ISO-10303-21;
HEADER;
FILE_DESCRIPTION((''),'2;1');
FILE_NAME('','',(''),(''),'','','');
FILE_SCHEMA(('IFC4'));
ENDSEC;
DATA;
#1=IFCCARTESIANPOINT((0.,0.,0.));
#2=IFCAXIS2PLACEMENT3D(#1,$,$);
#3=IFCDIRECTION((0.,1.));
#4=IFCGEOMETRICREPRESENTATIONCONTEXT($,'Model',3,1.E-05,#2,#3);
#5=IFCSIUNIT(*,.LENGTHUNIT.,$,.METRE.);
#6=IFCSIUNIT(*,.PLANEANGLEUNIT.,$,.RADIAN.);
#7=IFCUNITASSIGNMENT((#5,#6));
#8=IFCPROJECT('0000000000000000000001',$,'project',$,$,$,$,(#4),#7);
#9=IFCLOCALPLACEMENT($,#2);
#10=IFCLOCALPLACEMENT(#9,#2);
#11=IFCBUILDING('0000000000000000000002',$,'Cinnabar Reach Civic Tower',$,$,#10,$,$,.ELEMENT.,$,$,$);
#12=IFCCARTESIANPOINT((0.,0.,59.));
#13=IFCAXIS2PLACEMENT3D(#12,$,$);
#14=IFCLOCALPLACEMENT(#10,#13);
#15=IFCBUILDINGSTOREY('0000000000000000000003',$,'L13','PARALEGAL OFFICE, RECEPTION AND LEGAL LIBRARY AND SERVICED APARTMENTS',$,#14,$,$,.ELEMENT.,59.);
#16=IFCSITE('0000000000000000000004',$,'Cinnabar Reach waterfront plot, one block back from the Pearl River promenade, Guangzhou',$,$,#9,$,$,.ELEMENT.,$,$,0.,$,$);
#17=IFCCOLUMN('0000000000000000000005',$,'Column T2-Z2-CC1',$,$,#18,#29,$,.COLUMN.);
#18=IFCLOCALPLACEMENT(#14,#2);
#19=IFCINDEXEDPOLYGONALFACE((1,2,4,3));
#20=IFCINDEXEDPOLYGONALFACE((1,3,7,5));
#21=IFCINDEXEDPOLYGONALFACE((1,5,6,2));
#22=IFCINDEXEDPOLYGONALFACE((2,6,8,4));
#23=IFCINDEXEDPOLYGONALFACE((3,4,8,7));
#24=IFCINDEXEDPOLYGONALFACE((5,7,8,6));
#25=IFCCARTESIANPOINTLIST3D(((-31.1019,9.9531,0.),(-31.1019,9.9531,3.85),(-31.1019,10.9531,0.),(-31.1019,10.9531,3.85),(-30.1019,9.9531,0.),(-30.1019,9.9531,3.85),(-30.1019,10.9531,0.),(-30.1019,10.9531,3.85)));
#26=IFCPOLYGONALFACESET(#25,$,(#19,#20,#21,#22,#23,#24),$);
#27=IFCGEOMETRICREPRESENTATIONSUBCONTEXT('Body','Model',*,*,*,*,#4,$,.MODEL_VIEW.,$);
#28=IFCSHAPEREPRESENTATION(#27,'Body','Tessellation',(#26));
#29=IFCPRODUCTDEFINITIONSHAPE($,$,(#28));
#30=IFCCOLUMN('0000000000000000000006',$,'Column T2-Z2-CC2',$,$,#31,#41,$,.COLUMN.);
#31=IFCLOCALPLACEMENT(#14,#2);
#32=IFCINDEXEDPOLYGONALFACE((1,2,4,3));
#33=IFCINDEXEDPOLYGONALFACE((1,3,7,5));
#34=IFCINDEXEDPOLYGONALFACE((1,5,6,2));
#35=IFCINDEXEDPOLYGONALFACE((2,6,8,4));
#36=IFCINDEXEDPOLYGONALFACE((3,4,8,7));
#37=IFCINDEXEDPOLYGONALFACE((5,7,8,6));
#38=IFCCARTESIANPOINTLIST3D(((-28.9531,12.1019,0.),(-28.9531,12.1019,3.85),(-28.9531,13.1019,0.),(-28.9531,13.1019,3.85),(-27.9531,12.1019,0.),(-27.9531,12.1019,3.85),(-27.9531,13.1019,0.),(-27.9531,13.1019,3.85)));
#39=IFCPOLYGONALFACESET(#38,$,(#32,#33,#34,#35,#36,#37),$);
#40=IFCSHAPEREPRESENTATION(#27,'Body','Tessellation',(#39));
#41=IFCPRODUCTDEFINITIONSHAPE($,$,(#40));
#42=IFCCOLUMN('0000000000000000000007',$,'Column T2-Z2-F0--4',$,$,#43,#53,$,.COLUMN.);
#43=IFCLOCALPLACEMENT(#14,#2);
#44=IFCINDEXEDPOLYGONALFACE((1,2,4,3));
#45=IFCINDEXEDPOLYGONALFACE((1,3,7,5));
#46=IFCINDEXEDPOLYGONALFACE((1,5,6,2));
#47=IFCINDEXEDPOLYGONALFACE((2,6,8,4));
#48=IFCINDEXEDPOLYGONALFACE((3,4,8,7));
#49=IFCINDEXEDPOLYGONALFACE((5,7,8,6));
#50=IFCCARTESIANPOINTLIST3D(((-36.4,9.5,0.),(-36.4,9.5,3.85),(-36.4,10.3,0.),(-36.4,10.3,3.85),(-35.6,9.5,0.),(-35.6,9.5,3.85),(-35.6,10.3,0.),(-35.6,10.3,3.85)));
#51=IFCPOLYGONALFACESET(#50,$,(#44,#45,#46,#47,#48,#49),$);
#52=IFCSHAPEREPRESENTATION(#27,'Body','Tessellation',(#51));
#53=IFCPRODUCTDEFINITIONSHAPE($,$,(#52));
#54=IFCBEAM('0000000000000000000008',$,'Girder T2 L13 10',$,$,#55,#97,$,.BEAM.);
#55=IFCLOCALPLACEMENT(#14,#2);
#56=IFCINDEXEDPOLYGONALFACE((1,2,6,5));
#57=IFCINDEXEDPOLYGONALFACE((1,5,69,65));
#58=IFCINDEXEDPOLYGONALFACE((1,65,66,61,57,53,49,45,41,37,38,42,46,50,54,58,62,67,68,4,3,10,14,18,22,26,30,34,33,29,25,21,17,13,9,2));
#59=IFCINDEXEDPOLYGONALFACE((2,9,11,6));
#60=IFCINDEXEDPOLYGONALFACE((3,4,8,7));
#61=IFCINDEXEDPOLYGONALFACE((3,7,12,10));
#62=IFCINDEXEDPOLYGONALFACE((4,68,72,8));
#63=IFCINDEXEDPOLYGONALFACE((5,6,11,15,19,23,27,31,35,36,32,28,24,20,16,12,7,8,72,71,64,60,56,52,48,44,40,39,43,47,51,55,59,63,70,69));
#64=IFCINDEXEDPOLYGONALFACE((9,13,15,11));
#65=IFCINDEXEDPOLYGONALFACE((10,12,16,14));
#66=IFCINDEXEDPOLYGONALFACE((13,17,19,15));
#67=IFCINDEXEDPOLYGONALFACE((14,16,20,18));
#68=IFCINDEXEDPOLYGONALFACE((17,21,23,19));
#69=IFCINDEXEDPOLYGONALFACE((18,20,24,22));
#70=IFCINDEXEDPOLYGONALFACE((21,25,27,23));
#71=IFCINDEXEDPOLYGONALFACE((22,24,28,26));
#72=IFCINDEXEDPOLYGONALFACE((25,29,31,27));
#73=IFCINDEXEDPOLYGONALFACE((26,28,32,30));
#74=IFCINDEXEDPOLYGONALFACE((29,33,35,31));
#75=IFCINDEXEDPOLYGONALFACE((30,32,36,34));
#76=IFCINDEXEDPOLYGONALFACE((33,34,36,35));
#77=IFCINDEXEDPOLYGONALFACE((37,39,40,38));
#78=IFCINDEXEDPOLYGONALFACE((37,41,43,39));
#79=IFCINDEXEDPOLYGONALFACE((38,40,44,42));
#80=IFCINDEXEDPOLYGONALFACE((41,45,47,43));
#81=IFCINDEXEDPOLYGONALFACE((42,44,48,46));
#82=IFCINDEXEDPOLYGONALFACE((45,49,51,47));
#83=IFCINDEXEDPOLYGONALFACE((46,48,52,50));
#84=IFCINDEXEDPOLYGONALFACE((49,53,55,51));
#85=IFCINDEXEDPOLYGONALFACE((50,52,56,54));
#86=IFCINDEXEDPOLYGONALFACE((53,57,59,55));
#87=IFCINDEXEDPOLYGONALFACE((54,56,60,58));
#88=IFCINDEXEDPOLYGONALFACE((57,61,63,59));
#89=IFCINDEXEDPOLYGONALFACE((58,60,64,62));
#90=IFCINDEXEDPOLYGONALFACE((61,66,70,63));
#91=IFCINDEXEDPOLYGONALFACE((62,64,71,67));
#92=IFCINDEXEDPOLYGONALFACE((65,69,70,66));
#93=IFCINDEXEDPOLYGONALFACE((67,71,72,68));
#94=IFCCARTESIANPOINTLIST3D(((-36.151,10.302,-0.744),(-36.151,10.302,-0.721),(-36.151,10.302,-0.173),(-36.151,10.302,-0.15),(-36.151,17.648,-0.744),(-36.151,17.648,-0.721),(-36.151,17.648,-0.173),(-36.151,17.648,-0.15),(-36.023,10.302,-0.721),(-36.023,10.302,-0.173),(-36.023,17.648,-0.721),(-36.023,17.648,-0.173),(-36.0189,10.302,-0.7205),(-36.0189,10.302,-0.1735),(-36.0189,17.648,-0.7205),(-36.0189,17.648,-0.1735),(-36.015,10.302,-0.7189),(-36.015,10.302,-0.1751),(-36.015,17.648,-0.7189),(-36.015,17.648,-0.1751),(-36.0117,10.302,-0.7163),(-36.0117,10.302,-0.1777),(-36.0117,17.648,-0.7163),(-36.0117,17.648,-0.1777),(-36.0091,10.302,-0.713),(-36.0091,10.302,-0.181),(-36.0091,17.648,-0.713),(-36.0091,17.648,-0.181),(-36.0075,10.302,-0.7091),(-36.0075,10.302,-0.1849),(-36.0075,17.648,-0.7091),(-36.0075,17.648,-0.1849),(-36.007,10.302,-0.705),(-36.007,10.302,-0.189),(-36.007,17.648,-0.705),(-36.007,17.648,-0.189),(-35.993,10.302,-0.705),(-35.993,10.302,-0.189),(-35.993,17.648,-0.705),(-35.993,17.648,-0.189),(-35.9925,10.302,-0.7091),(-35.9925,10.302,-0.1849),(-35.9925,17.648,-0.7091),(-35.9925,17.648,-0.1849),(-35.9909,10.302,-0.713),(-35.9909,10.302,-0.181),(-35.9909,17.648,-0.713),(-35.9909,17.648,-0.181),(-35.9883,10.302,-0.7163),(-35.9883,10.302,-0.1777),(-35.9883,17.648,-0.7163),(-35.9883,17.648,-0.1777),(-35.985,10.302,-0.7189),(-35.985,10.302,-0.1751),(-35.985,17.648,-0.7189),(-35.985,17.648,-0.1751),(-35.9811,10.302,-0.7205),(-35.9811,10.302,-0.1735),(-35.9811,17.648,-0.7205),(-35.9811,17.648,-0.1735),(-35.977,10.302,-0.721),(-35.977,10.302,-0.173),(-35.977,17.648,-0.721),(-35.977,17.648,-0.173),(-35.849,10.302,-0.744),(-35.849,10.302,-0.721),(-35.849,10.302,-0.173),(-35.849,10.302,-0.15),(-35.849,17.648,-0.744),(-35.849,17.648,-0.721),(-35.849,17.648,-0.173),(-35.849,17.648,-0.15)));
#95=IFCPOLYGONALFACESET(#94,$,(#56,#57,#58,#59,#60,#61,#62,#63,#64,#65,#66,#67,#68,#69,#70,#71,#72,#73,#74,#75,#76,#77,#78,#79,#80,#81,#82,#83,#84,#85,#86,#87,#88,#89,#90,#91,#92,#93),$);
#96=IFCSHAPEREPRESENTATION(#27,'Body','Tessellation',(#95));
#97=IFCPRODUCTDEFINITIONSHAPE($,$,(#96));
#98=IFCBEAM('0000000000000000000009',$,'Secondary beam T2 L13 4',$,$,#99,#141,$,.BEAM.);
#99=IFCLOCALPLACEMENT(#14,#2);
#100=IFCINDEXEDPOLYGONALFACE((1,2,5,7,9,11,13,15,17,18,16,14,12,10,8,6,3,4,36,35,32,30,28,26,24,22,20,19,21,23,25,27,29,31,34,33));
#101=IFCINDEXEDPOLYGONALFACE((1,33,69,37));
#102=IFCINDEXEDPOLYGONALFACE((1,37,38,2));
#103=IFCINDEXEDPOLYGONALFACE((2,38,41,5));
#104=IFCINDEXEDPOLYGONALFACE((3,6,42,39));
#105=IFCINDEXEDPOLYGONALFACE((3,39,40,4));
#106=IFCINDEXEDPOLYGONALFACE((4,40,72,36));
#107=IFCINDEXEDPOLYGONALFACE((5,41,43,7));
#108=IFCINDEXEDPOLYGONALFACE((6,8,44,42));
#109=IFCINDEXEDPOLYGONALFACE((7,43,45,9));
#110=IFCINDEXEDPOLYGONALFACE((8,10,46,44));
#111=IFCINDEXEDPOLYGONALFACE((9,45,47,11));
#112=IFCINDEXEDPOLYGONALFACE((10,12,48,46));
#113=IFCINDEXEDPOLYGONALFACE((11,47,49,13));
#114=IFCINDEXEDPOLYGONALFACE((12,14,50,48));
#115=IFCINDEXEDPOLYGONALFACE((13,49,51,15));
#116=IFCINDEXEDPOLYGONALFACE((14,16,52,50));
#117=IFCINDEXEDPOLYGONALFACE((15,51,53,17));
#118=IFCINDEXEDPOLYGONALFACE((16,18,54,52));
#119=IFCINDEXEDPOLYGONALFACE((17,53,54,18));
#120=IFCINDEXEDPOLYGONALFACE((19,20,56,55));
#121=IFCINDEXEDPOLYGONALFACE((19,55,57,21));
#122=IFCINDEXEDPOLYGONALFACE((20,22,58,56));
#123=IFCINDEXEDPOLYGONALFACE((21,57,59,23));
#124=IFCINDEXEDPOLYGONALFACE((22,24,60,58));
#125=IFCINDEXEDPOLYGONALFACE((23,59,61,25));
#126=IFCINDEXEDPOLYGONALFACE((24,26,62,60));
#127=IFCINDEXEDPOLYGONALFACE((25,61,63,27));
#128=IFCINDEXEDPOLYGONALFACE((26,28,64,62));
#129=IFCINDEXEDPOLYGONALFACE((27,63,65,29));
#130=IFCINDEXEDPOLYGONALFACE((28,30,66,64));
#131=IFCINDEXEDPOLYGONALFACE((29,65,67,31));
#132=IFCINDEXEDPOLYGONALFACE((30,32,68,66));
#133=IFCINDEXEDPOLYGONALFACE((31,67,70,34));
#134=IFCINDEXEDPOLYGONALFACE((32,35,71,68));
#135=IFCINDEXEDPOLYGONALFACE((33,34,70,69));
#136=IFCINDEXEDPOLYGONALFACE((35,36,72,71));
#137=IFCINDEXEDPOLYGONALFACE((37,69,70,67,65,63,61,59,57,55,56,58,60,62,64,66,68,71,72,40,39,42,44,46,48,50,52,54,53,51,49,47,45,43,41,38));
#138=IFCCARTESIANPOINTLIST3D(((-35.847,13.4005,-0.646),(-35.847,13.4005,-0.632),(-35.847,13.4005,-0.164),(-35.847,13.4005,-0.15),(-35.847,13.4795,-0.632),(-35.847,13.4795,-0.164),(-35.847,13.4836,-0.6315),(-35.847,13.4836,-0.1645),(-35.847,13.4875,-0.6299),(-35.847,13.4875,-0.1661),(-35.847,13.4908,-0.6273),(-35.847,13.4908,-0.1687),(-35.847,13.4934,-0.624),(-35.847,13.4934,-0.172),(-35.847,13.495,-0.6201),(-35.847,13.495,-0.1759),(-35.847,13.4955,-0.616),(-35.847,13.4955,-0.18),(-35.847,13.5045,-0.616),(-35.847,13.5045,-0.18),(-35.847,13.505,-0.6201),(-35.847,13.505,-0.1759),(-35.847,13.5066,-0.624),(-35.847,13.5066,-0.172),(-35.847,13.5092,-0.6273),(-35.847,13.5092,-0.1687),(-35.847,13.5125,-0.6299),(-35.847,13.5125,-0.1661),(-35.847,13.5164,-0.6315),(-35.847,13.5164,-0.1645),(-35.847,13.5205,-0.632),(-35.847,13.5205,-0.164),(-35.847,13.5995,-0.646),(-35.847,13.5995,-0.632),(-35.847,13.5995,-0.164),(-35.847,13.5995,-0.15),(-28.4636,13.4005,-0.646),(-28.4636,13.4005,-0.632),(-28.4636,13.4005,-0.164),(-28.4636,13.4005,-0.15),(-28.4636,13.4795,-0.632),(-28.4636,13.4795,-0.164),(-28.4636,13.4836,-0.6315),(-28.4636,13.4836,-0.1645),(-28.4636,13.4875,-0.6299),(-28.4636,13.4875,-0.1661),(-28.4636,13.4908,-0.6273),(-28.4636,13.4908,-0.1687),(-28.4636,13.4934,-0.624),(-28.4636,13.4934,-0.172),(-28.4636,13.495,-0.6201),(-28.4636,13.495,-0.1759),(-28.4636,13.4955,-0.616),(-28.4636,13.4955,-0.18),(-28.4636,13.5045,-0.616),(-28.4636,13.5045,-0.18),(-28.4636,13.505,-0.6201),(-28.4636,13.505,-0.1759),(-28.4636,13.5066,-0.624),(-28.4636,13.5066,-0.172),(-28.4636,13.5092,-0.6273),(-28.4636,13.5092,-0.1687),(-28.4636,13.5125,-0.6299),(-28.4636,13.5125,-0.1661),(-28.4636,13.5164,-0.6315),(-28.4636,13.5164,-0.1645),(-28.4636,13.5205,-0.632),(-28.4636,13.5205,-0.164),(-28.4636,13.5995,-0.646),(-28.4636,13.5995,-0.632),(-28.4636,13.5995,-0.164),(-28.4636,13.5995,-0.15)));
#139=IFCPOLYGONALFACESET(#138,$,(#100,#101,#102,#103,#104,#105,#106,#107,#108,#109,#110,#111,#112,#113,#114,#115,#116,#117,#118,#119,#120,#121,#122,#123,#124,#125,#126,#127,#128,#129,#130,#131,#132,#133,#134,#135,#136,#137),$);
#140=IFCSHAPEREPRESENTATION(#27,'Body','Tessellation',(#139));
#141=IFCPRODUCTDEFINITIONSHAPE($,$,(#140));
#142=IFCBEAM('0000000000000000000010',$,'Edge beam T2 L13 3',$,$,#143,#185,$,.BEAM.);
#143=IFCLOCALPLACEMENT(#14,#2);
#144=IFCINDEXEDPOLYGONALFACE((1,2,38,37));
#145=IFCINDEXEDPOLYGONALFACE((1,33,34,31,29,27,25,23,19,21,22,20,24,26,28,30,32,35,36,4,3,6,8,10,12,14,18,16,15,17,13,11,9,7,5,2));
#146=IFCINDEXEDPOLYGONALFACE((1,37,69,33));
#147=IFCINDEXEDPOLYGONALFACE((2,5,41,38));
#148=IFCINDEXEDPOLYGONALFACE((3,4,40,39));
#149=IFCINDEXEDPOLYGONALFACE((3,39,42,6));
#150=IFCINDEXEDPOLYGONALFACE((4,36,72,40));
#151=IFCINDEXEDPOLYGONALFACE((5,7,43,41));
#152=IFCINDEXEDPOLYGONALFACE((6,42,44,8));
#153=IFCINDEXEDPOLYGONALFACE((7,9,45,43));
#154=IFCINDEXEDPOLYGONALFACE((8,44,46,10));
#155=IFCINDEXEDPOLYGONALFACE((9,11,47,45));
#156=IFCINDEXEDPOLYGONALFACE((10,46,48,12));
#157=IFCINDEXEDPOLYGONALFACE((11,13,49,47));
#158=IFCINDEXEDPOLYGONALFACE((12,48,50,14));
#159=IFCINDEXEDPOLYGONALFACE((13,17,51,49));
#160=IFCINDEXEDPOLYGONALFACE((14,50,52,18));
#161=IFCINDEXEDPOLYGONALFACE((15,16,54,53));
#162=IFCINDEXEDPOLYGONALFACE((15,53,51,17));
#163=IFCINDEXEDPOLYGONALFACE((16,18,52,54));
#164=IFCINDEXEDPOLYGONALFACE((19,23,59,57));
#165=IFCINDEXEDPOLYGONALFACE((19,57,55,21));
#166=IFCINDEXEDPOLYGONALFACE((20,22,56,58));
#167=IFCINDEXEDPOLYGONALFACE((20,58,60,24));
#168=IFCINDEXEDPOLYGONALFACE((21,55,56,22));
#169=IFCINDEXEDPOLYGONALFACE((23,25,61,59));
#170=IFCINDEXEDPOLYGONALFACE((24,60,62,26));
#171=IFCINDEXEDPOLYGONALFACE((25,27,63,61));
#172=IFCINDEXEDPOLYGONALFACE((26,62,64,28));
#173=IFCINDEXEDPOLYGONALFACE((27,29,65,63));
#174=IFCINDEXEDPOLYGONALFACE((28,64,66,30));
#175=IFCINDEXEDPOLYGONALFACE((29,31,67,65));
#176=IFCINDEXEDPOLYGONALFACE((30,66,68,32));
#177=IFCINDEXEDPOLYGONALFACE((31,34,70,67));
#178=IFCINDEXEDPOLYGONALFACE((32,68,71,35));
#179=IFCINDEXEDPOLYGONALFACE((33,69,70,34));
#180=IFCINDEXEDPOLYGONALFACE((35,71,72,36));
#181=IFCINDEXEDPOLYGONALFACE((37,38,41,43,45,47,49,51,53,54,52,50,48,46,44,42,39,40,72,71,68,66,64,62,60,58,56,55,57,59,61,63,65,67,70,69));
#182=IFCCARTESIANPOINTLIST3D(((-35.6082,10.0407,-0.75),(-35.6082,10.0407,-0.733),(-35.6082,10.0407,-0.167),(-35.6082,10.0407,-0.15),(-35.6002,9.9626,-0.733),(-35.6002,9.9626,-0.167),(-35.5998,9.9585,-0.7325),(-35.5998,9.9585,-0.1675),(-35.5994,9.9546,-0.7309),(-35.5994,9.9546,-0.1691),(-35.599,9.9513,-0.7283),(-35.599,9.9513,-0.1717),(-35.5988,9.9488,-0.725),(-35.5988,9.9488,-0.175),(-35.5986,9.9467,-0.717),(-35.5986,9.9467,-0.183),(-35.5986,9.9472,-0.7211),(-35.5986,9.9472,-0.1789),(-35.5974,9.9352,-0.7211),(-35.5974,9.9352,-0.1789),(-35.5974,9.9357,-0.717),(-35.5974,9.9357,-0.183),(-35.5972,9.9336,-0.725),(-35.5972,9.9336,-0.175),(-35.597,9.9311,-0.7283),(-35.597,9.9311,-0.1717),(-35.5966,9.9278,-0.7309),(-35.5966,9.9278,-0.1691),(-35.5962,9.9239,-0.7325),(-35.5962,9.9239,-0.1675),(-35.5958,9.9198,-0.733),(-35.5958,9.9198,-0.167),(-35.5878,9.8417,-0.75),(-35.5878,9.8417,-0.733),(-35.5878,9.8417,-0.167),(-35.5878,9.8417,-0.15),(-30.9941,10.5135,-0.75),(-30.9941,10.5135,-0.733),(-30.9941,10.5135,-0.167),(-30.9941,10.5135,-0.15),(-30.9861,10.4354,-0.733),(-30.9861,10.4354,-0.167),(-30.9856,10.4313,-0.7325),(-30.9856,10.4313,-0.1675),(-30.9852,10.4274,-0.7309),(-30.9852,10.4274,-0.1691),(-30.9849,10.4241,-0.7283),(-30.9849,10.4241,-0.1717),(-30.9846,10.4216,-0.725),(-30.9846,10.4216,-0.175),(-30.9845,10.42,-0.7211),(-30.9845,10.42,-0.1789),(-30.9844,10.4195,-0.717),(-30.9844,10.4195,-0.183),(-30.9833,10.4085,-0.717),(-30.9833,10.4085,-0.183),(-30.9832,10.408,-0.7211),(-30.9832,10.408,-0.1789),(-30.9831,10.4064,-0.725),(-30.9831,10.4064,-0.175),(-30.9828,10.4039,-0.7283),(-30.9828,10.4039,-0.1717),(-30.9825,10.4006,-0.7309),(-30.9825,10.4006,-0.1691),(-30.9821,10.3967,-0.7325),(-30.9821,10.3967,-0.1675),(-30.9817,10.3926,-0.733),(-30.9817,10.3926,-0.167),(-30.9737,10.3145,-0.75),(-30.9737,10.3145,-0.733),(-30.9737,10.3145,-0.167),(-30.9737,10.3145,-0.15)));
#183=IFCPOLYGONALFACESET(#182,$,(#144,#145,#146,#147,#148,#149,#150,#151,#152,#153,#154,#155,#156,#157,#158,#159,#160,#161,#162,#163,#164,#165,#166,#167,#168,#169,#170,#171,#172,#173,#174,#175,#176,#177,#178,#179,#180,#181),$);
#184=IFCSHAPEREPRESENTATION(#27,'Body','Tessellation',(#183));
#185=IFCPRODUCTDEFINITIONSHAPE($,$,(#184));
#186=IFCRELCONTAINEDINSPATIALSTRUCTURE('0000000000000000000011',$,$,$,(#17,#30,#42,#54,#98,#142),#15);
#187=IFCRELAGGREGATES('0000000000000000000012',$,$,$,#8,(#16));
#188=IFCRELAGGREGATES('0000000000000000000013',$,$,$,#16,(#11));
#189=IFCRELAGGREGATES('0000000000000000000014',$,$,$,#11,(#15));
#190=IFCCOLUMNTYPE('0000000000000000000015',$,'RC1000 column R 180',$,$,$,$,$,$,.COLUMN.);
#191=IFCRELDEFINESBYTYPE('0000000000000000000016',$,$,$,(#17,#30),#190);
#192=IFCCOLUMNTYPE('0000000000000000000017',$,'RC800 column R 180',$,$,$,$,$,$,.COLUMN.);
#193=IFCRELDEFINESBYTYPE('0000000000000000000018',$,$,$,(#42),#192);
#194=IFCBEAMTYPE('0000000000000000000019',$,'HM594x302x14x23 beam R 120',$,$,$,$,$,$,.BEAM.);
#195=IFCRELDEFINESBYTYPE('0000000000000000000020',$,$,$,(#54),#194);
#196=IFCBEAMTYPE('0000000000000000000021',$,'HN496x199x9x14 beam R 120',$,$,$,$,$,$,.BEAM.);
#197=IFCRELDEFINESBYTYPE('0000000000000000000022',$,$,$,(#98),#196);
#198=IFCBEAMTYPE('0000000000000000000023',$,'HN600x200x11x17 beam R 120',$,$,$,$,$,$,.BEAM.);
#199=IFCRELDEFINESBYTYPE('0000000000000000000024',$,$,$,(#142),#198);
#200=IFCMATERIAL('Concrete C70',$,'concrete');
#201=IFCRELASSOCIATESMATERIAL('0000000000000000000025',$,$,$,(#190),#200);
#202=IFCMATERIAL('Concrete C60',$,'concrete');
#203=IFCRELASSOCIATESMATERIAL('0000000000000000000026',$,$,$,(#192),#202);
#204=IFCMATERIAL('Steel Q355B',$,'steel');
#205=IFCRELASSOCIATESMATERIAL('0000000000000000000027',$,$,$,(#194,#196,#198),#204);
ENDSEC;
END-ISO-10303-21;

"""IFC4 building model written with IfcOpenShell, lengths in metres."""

from ifc_helpers import new_model, si_unit, direction, frame, origin, origin_2d, place, context, subcontext, project, spatial, rectangle, i_section, extrude, material, material_profile, profile_set, type_object, element, save


model = new_model("IFC4")

# Units and contexts
model_context = context("Model", 3, precision=1e-05, world=origin(), true_north=direction((0.0, 1.0)))
body_context = subcontext(model_context, "Body", "Model", "MODEL_VIEW")
ifc_project = project(units=[si_unit("LENGTHUNIT", "METRE"), si_unit("PLANEANGLEUNIT", "RADIAN")], contexts=[model_context])

# Site, building, storey
site_placement = place(None, origin())
site = spatial("IfcSite", under=ifc_project, at=site_placement, Name="Cinnabar Reach waterfront plot, one block back from the Pearl River promenade, Guangzhou", CompositionType="ELEMENT", RefElevation=0.0)
building_placement = place(site_placement, origin())
building = spatial("IfcBuilding", under=site, at=building_placement, Name="Cinnabar Reach Civic Tower", CompositionType="ELEMENT")
storey_placement = place(building_placement, frame((0.0, 0.0, 59.0)))
storey = spatial("IfcBuildingStorey", under=building, at=storey_placement, Name="L13", Description="PARALEGAL OFFICE, RECEPTION AND LEGAL LIBRARY AND SERVICED APARTMENTS", CompositionType="ELEMENT", Elevation=59.0)

# Columns
ifc_material_1 = material(Name="Concrete C70", Category="concrete")
ifc_material_profile_1 = material_profile(ifc_material_1, rectangle(XDim=1.0, YDim=1.0, at=origin_2d()), Name="RC1000")
ifc_profile_set_1 = profile_set([ifc_material_profile_1], Name="Concrete C70")
column_type_1 = type_object("IfcColumnType", Name="RC1000 column R 180", PredefinedType="COLUMN", material=ifc_profile_set_1)
for number, where, z_axis, x_axis, name in (
    (1, (-30.6019, 10.4531, 0.0), (0.0, 0.0, 1.0), (1.0, 0.0, 0.0), "Column T2-Z2-CC1"),
    (2, (-28.4531, 12.6019, 0.0), (0.0, 0.0, 1.0), (1.0, 0.0, 0.0), "Column T2-Z2-CC2"),
):
    element("IfcColumn", number, at=place(storey_placement, frame(where, z_axis=z_axis, x_axis=x_axis)), inside=storey, type_object=column_type_1, Name=name, PredefinedType="COLUMN", context=body_context, shape_type="SweptSolid", body=[
        extrude(rectangle(XDim=1.0, YDim=1.0, at=origin_2d()), origin(), (0.0, 0.0, 1.0), 3.85),
    ])
ifc_material_2 = material(Name="Concrete C60", Category="concrete")
ifc_material_profile_2 = material_profile(ifc_material_2, rectangle(XDim=0.8, YDim=0.8, at=origin_2d()), Name="RC800")
ifc_profile_set_2 = profile_set([ifc_material_profile_2], Name="Concrete C60")
column_type_2 = type_object("IfcColumnType", Name="RC800 column R 180", PredefinedType="COLUMN", material=ifc_profile_set_2)
column_placement = place(storey_placement, frame((-36.0, 9.9, 0.0), z_axis=(0.0, 0.0, 1.0), x_axis=(1.0, 0.0, 0.0)))
element("IfcColumn", 3, at=column_placement, inside=storey, type_object=column_type_2, Name="Column T2-Z2-F0--4", PredefinedType="COLUMN", context=body_context, shape_type="SweptSolid", body=[
    extrude(rectangle(XDim=0.8, YDim=0.8, at=origin_2d()), origin(), (0.0, 0.0, 1.0), 3.85),
])

# Beams
ifc_material_3 = material(Name="Steel Q355B", Category="steel")
ifc_material_profile_3 = material_profile(ifc_material_3, i_section(OverallWidth=0.302, OverallDepth=0.594, WebThickness=0.014, FlangeThickness=0.023, FilletRadius=0.016, at=origin_2d()), Name="HM594x302x14x23")
ifc_profile_set_3 = profile_set([ifc_material_profile_3], Name="Steel Q355B")
beam_type_1 = type_object("IfcBeamType", Name="HM594x302x14x23 beam R 120", PredefinedType="BEAM", material=ifc_profile_set_3)
beam_1_placement = place(storey_placement, frame((-36.0, 10.302, -0.447), z_axis=(0.0, 1.0, 0.0), x_axis=(-1.0, 0.0, 0.0)))
element("IfcBeam", 4, at=beam_1_placement, inside=storey, type_object=beam_type_1, Name="Girder T2 L13 10", PredefinedType="BEAM", context=body_context, shape_type="SweptSolid", body=[
    extrude(i_section(OverallWidth=0.302, OverallDepth=0.594, WebThickness=0.014, FlangeThickness=0.023, FilletRadius=0.016, at=origin_2d()), origin(), (0.0, 0.0, 1.0), 7.346),
])
ifc_material_profile_4 = material_profile(ifc_material_3, i_section(OverallWidth=0.199, OverallDepth=0.496, WebThickness=0.009, FlangeThickness=0.014, FilletRadius=0.016, at=origin_2d()), Name="HN496x199x9x14")
ifc_profile_set_4 = profile_set([ifc_material_profile_4], Name="Steel Q355B")
beam_type_2 = type_object("IfcBeamType", Name="HN496x199x9x14 beam R 120", PredefinedType="BEAM", material=ifc_profile_set_4)
beam_2_placement = place(storey_placement, frame((-35.847, 13.5, -0.398), z_axis=(1.0, 0.0, 0.0), x_axis=(0.0, 1.0, 0.0)))
element("IfcBeam", 5, at=beam_2_placement, inside=storey, type_object=beam_type_2, Name="Secondary beam T2 L13 4", PredefinedType="BEAM", context=body_context, shape_type="SweptSolid", body=[
    extrude(i_section(OverallWidth=0.199, OverallDepth=0.496, WebThickness=0.009, FlangeThickness=0.014, FilletRadius=0.016, at=origin_2d()), origin(), (0.0, 0.0, 1.0), 7.3834),
])
ifc_material_profile_5 = material_profile(ifc_material_3, i_section(OverallWidth=0.2, OverallDepth=0.6, WebThickness=0.011, FlangeThickness=0.017, FilletRadius=0.016, at=origin_2d()), Name="HN600x200x11x17")
ifc_profile_set_5 = profile_set([ifc_material_profile_5], Name="Steel Q355B")
beam_type_3 = type_object("IfcBeamType", Name="HN600x200x11x17 beam R 120", PredefinedType="BEAM", material=ifc_profile_set_5)
beam_3_placement = place(storey_placement, frame((-35.598, 9.9412, -0.45), z_axis=(0.994791, 0.101935, 0.0), x_axis=(-0.101935, 0.994791, 0.0)))
element("IfcBeam", 6, at=beam_3_placement, inside=storey, type_object=beam_type_3, Name="Edge beam T2 L13 3", PredefinedType="BEAM", context=body_context, shape_type="SweptSolid", body=[
    extrude(i_section(OverallWidth=0.2, OverallDepth=0.6, WebThickness=0.011, FlangeThickness=0.017, FilletRadius=0.016, at=origin_2d()), origin(), (0.0, 0.0, 1.0), 4.6383),
])

save(model, "model.ifc")
